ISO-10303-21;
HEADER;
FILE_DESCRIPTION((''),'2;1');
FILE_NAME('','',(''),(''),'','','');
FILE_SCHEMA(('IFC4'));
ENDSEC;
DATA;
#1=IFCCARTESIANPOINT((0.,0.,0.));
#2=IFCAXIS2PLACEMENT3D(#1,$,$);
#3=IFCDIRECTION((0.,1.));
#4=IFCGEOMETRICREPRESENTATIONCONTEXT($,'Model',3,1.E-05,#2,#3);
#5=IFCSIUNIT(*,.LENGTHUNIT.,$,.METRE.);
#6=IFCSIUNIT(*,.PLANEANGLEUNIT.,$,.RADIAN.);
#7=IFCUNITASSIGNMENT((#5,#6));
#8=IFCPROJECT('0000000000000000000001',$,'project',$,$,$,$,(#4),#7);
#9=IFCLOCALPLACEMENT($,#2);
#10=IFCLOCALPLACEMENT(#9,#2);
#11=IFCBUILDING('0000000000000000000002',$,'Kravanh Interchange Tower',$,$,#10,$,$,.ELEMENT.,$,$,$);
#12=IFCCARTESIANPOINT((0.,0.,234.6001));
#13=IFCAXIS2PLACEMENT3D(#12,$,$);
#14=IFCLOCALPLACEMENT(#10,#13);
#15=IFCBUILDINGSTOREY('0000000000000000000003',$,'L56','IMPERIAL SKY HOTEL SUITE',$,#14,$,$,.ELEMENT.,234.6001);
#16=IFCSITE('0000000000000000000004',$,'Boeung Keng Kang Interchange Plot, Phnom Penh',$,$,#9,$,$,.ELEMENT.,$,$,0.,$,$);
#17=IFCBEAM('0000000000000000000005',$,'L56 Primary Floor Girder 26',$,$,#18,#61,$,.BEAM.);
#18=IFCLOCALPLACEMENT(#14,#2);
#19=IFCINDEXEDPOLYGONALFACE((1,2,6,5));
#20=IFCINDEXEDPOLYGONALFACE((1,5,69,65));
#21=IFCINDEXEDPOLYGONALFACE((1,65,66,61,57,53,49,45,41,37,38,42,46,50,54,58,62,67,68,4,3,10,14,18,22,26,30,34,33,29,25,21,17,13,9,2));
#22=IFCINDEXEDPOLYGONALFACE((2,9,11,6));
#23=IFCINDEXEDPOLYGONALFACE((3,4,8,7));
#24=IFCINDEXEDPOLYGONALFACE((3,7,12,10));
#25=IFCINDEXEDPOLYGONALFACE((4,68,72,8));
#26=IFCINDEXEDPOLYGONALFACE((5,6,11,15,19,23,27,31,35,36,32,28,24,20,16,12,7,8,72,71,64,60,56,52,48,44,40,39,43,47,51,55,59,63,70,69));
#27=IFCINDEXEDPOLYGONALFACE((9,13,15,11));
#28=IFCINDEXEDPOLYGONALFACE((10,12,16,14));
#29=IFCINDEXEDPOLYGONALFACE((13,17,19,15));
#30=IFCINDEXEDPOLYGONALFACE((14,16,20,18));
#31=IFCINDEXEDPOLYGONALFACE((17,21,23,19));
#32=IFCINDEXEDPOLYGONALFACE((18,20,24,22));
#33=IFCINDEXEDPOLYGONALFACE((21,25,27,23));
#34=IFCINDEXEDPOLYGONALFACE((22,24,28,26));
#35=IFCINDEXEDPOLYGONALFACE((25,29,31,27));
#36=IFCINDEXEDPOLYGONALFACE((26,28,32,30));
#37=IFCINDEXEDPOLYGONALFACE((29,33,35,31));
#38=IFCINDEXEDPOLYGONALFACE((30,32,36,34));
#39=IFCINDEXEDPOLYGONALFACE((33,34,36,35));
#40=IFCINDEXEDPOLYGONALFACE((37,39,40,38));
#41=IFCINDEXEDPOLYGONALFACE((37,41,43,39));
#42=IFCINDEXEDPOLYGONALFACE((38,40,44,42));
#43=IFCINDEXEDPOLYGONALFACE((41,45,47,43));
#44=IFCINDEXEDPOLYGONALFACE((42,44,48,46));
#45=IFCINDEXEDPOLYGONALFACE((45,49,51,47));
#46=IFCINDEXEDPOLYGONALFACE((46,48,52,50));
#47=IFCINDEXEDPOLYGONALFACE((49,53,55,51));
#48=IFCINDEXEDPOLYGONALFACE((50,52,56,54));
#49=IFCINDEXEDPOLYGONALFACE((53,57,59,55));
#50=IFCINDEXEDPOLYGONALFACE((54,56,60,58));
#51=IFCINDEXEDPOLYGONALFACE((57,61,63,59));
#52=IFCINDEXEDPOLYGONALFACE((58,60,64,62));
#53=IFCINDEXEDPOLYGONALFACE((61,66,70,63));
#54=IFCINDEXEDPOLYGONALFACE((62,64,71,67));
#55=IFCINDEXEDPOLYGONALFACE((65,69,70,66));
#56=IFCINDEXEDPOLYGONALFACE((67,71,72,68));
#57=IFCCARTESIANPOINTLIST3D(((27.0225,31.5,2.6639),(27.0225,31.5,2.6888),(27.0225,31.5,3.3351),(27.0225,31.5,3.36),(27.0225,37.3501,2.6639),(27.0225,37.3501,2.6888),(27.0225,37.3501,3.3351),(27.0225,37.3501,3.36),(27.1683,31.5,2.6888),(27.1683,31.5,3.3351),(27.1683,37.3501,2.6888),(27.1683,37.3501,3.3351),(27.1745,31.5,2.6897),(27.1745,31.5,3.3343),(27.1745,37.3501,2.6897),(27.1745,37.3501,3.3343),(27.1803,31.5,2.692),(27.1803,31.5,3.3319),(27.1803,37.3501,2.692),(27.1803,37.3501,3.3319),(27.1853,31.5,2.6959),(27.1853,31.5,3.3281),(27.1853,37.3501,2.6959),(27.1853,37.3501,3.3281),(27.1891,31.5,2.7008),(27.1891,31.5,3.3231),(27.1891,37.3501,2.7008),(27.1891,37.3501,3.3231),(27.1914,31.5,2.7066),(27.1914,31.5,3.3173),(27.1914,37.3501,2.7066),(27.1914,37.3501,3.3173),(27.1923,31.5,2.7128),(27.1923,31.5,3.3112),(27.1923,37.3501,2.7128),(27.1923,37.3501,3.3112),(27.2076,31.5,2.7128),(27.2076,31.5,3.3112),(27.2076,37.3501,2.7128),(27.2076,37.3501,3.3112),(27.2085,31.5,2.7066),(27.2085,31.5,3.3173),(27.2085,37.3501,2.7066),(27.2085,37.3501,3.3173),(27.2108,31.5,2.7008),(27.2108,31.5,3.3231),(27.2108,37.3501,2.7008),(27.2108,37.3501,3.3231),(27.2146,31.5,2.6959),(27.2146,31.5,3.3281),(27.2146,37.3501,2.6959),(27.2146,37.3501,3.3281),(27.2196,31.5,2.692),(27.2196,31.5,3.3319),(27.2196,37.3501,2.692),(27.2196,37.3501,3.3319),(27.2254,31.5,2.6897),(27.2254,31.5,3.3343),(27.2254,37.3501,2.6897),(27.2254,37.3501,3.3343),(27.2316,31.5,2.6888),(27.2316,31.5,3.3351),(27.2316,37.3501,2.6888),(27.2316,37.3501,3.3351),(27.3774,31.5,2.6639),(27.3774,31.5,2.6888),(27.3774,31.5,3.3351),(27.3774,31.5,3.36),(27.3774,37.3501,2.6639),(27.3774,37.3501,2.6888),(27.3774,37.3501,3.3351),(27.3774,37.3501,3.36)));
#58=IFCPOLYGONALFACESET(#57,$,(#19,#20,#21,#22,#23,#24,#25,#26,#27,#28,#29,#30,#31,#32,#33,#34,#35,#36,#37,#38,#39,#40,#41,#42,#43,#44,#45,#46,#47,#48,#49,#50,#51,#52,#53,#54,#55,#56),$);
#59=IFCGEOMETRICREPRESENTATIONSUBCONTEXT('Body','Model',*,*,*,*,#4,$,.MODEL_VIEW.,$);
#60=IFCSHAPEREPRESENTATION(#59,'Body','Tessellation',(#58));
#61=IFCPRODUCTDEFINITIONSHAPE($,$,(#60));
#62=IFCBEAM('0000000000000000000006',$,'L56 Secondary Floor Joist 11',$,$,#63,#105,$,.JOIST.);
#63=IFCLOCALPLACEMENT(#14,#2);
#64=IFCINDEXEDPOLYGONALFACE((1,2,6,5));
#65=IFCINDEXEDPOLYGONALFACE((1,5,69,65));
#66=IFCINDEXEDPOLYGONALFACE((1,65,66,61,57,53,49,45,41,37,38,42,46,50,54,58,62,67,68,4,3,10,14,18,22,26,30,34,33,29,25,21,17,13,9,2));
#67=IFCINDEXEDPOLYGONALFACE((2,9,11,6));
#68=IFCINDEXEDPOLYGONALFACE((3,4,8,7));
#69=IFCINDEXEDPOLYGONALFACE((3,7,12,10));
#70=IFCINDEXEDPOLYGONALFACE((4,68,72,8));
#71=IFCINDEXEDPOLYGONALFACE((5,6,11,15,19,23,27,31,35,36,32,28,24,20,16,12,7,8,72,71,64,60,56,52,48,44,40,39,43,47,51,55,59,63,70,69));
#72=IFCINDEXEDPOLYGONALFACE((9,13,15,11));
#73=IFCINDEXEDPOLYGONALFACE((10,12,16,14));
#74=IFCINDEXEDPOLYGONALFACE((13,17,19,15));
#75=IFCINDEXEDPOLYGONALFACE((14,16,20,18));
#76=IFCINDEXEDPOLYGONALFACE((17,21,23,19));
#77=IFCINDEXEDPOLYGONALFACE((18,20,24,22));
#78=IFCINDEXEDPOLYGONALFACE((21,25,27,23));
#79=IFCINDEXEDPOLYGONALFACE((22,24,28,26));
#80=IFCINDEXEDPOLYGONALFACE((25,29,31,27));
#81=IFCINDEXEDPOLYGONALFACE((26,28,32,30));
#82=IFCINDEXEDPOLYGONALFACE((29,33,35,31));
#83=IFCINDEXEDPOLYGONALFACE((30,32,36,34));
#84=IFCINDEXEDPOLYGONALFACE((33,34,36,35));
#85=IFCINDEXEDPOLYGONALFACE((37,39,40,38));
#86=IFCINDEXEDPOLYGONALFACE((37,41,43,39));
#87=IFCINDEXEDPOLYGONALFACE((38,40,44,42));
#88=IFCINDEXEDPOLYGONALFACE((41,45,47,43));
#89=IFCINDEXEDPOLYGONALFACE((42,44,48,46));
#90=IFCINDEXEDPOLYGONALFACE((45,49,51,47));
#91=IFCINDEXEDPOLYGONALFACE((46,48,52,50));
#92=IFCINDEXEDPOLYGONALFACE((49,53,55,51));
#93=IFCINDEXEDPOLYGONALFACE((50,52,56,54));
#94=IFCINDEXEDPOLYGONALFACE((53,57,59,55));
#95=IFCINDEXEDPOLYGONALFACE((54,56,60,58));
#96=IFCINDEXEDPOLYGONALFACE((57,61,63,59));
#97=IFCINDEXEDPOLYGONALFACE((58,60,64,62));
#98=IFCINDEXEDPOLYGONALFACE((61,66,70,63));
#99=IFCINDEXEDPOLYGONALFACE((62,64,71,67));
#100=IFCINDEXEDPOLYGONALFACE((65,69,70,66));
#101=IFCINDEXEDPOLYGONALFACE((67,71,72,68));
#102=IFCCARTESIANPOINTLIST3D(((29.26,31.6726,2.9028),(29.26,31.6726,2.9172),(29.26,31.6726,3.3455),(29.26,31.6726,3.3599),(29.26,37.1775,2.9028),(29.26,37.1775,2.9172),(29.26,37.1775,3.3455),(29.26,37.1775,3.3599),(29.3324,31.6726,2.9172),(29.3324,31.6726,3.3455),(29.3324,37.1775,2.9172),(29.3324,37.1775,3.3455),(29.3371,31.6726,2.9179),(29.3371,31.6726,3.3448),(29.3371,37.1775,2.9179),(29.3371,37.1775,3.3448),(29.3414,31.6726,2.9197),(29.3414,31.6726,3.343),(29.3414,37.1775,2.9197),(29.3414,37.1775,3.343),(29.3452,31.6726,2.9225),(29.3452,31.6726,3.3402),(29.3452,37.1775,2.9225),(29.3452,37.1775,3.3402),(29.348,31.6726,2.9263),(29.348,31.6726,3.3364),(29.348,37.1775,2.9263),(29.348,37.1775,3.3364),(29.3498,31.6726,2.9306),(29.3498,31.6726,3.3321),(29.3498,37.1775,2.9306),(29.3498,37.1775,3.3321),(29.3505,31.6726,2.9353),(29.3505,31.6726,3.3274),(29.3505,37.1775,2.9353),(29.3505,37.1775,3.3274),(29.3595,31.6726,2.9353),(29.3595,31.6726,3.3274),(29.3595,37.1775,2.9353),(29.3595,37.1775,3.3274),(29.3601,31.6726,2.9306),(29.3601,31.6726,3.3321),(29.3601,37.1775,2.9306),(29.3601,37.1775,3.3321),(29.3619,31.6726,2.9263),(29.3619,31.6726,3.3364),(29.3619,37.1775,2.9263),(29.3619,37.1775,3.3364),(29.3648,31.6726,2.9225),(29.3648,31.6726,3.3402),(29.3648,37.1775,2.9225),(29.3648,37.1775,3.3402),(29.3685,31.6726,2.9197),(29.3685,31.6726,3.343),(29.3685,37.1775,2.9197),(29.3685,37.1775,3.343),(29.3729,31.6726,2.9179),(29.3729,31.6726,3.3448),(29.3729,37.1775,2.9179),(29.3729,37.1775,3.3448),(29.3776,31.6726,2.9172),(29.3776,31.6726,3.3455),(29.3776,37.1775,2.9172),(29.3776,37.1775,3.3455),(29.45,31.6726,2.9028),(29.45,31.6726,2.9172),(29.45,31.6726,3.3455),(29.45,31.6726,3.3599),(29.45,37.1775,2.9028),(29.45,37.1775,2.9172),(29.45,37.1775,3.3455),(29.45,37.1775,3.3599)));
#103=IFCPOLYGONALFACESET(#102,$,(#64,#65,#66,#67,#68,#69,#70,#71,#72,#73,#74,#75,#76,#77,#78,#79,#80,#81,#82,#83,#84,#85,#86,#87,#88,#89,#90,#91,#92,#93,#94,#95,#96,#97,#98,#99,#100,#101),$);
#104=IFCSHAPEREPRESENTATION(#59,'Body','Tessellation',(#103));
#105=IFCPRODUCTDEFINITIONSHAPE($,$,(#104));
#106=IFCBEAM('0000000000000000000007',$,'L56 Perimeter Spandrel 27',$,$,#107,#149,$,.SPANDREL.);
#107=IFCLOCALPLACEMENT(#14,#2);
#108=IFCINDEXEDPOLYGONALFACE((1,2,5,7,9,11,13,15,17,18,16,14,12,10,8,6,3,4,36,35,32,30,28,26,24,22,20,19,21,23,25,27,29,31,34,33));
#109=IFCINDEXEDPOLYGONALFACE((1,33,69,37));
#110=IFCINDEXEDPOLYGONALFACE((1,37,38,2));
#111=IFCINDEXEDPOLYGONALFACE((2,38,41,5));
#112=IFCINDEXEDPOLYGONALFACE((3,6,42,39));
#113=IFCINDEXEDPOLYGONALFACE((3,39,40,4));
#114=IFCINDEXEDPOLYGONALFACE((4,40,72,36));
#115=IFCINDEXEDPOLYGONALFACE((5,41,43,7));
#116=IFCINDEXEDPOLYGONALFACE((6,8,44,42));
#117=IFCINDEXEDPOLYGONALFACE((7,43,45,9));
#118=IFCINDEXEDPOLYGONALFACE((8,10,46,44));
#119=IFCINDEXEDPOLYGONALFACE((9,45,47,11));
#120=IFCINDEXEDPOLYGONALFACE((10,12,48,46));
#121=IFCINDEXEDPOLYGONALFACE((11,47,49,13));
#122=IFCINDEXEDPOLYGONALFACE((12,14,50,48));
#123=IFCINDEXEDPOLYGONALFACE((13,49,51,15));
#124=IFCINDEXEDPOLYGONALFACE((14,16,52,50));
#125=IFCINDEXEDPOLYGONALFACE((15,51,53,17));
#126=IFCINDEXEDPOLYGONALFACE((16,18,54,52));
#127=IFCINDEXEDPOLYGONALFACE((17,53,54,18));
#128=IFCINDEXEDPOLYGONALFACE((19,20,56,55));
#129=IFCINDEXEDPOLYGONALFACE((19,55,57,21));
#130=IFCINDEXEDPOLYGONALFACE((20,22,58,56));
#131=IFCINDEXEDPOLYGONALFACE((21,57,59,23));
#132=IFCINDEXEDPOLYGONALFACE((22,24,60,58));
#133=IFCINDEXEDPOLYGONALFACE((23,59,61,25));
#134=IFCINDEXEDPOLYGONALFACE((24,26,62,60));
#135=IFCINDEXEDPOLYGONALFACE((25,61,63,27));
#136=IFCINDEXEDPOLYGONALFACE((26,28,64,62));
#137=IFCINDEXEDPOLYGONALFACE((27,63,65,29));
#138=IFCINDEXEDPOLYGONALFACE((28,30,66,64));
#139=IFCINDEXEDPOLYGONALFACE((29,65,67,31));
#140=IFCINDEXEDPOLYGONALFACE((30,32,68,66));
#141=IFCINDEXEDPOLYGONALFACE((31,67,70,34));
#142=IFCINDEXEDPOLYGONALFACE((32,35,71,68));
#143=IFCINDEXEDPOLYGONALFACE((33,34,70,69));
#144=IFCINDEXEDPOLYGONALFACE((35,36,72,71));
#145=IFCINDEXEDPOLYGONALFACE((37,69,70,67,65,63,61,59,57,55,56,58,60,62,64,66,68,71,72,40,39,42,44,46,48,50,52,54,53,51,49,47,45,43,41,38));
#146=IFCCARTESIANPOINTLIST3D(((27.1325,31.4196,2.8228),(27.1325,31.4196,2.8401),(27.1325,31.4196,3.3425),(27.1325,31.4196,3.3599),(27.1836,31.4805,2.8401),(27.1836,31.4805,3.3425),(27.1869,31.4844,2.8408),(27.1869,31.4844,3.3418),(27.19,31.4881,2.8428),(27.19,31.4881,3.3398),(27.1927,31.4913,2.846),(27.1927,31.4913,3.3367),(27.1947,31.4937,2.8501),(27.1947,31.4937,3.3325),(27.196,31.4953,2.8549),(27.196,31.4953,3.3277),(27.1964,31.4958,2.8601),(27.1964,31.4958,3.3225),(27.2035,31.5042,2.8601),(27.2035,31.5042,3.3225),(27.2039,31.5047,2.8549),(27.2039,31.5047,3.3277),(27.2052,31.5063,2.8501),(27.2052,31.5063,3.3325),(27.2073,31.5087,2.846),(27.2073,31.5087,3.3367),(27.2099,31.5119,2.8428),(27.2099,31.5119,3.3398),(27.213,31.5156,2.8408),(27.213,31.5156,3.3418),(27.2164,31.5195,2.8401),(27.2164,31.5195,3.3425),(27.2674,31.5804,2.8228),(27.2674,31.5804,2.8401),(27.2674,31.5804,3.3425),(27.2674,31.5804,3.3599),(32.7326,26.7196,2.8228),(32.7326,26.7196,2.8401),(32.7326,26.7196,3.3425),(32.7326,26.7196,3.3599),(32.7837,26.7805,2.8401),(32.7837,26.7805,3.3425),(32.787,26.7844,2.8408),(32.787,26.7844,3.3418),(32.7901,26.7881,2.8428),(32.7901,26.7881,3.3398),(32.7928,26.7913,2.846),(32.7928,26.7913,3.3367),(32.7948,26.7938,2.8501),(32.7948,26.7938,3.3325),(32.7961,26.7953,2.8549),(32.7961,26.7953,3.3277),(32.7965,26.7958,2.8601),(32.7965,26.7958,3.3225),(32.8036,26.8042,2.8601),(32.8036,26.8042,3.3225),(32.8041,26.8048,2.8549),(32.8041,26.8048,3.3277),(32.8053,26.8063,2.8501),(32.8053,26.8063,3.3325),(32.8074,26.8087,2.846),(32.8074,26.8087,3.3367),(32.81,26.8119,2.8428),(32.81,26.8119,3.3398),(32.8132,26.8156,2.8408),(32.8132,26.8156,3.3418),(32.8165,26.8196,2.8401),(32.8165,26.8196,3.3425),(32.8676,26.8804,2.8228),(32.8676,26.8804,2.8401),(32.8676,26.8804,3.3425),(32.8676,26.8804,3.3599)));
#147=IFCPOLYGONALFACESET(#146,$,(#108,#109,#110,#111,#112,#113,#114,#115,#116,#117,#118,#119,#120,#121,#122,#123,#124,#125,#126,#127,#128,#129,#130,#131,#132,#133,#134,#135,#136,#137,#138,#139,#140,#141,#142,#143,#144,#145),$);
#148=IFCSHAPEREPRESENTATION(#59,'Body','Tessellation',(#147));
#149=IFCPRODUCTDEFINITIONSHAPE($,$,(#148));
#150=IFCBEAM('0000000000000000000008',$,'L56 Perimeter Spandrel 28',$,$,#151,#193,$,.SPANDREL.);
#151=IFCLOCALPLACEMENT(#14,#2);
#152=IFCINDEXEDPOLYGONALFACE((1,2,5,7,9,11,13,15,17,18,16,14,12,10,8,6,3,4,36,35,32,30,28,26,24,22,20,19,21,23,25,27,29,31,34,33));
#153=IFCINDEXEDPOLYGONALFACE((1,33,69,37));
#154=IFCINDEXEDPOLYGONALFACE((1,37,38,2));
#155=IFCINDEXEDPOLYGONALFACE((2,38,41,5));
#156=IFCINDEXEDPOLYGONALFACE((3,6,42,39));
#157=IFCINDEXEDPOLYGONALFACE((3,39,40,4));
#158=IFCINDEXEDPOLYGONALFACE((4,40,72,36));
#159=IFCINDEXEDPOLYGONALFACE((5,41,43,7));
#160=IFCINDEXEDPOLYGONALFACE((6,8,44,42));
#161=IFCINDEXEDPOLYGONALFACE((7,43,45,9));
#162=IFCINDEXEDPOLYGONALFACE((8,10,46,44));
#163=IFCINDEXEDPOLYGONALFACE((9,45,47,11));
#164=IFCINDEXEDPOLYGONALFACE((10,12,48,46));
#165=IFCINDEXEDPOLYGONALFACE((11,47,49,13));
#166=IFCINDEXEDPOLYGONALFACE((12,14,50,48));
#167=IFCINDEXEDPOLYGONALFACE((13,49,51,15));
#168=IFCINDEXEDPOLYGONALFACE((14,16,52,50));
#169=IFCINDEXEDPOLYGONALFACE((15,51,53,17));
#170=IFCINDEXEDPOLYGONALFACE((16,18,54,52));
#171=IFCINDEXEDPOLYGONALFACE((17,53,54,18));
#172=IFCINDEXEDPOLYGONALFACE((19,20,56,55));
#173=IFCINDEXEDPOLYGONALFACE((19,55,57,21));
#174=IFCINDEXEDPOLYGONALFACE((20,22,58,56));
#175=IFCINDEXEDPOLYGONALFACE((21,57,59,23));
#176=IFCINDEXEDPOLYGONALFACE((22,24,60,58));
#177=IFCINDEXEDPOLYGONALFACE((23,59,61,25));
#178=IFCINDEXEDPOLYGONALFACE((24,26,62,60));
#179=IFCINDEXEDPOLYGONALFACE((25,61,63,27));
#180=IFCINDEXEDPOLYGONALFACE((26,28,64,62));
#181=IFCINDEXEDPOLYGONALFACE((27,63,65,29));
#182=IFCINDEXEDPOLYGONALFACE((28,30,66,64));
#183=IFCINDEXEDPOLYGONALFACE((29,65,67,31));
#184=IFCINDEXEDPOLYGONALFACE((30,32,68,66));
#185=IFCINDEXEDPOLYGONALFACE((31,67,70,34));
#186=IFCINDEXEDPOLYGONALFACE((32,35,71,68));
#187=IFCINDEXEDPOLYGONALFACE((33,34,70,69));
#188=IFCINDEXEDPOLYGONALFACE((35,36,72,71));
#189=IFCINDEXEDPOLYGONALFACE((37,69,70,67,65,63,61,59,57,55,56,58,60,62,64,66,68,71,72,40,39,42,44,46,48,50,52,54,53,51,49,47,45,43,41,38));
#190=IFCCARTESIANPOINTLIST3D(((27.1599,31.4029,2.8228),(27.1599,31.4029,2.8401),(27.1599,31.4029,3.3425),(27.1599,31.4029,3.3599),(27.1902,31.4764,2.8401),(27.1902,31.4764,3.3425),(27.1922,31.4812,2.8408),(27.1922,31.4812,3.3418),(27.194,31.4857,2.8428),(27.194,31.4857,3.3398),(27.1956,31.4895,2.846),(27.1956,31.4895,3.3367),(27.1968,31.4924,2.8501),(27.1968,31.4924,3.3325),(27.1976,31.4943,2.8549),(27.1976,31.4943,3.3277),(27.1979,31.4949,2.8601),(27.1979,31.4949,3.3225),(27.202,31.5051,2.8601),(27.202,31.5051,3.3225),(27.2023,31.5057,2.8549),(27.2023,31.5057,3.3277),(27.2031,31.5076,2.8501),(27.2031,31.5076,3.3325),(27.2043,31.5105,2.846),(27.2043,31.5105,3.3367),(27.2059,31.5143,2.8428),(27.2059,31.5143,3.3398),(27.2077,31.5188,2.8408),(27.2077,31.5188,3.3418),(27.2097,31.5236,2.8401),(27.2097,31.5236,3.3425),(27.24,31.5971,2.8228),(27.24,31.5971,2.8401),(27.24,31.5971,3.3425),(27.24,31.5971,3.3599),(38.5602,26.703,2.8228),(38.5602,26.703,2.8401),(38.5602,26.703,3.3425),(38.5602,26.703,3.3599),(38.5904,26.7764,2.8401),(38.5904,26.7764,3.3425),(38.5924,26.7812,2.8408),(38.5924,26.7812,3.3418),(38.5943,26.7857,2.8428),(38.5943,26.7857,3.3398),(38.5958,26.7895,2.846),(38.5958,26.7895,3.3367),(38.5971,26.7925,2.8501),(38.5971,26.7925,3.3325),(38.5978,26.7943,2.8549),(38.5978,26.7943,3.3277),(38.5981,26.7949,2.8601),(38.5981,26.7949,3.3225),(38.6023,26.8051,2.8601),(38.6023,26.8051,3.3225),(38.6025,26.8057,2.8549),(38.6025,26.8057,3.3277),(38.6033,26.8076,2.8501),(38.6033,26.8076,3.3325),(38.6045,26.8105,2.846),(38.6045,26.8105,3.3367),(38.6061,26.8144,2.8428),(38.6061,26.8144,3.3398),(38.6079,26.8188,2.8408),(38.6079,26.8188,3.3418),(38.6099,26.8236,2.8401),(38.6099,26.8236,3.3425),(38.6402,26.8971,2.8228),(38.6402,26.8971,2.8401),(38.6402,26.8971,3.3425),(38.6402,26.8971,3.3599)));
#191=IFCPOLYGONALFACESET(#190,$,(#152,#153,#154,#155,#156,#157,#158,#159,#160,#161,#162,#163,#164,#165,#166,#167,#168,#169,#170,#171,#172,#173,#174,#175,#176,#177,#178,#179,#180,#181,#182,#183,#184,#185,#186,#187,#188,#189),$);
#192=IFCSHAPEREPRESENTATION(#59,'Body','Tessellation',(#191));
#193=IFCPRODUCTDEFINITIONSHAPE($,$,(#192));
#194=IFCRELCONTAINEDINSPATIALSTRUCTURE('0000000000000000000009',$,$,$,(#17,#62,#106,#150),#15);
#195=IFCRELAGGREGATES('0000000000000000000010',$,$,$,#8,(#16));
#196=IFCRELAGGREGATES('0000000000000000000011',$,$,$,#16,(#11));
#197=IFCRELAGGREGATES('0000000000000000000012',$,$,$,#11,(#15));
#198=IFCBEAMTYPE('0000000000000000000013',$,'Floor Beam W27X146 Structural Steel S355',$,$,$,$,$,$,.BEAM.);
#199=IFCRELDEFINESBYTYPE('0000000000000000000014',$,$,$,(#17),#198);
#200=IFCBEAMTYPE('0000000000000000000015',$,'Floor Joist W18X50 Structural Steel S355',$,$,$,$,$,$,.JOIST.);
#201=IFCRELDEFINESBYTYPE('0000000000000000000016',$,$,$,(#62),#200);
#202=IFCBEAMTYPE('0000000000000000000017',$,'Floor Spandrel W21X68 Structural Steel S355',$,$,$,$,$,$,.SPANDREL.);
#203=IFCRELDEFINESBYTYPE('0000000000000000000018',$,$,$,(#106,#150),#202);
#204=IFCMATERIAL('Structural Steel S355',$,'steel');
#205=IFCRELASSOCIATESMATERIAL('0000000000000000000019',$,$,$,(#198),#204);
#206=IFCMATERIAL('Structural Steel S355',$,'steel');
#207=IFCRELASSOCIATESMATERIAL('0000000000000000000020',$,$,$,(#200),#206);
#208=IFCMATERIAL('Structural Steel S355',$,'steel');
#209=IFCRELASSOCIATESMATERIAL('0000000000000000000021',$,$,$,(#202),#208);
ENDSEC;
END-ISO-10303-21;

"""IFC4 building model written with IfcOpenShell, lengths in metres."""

from ifc_helpers import new_model, si_unit, direction, frame, origin, origin_2d, place, context, subcontext, project, spatial, i_section, extrude, material, material_profile, profile_set, type_object, element, save


model = new_model("IFC4")

# Units and contexts
model_context = context("Model", 3, precision=1e-05, world=origin(), true_north=direction((0.0, 1.0)))
body_context = subcontext(model_context, "Body", "Model", "MODEL_VIEW")
ifc_project = project(units=[si_unit("LENGTHUNIT", "METRE"), si_unit("PLANEANGLEUNIT", "RADIAN")], contexts=[model_context])

# Site, building, storey
site_placement = place(None, origin())
site = spatial("IfcSite", under=ifc_project, at=site_placement, Name="Boeung Keng Kang Interchange Plot, Phnom Penh", CompositionType="ELEMENT", RefElevation=0.0)
building_placement = place(site_placement, origin())
building = spatial("IfcBuilding", under=site, at=building_placement, Name="Kravanh Interchange Tower", CompositionType="ELEMENT")
storey_placement = place(building_placement, frame((0.0, 0.0, 234.6001)))
storey = spatial("IfcBuildingStorey", under=building, at=storey_placement, Name="L56", Description="IMPERIAL SKY HOTEL SUITE", CompositionType="ELEMENT", Elevation=234.6001)

# Beams
ifc_material_1 = material(Name="Structural Steel S355", Category="steel")
ifc_material_profile_1 = material_profile(ifc_material_1, i_section(OverallWidth=0.355, OverallDepth=0.696, WebThickness=0.0154, FlangeThickness=0.0249, FilletRadius=0.0239, at=origin_2d()), Name="W27X146")
ifc_profile_set_1 = profile_set([ifc_material_profile_1], Name="Structural Steel S355")
beam_type_1 = type_object("IfcBeamType", Name="Floor Beam W27X146 Structural Steel S355", PredefinedType="BEAM", material=ifc_profile_set_1)
beam_1_placement = place(storey_placement, frame((27.2, 31.5, 3.012), z_axis=(0.0, 1.0, 0.0), x_axis=(-1.0, 0.0, 0.0)))
element("IfcBeam", 1, at=beam_1_placement, inside=storey, type_object=beam_type_1, Name="L56 Primary Floor Girder 26", PredefinedType="BEAM", context=body_context, shape_type="SweptSolid", body=[
    extrude(i_section(OverallWidth=0.355, OverallDepth=0.696, WebThickness=0.0154, FlangeThickness=0.0249, FilletRadius=0.0239, at=origin_2d()), origin(), (0.0, 0.0, 1.0), 5.8501),
])
ifc_material_2 = material(Name="Structural Steel S355", Category="steel")
ifc_material_profile_2 = material_profile(ifc_material_2, i_section(OverallWidth=0.1899, OverallDepth=0.457, WebThickness=0.009, FlangeThickness=0.0144, FilletRadius=0.0181, at=origin_2d()), Name="W18X50")
ifc_profile_set_2 = profile_set([ifc_material_profile_2], Name="Structural Steel S355")
beam_type_2 = type_object("IfcBeamType", Name="Floor Joist W18X50 Structural Steel S355", PredefinedType="JOIST", material=ifc_profile_set_2)
beam_2_placement = place(storey_placement, frame((29.355, 31.6726, 3.1313), z_axis=(0.0, 1.0, 0.0), x_axis=(-1.0, 0.0, 0.0)))
element("IfcBeam", 2, at=beam_2_placement, inside=storey, type_object=beam_type_2, Name="L56 Secondary Floor Joist 11", PredefinedType="JOIST", context=body_context, shape_type="SweptSolid", body=[
    extrude(i_section(OverallWidth=0.1899, OverallDepth=0.457, WebThickness=0.009, FlangeThickness=0.0144, FilletRadius=0.0181, at=origin_2d()), origin(), (0.0, 0.0, 1.0), 5.5049),
])
ifc_material_3 = material(Name="Structural Steel S355", Category="steel")
ifc_material_profile_3 = material_profile(ifc_material_3, i_section(OverallWidth=0.21, OverallDepth=0.5371, WebThickness=0.011, FlangeThickness=0.0173, FilletRadius=0.02, at=origin_2d()), Name="W21X68")
ifc_profile_set_3 = profile_set([ifc_material_profile_3], Name="Structural Steel S355")
beam_type_3 = type_object("IfcBeamType", Name="Floor Spandrel W21X68 Structural Steel S355", PredefinedType="SPANDREL", material=ifc_profile_set_3)
beam_3_placement = place(storey_placement, frame((27.2, 31.5, 3.0913), z_axis=(0.765983, -0.642861, 0.0), x_axis=(0.642861, 0.765983, 0.0)))
element("IfcBeam", 3, at=beam_3_placement, inside=storey, type_object=beam_type_3, Name="L56 Perimeter Spandrel 27", PredefinedType="SPANDREL", context=body_context, shape_type="SweptSolid", body=[
    extrude(i_section(OverallWidth=0.21, OverallDepth=0.5371, WebThickness=0.011, FlangeThickness=0.0173, FilletRadius=0.02, at=origin_2d()), origin(), (0.0, 0.0, 1.0), 7.311),
])
beam_4_placement = place(storey_placement, frame((27.2, 31.5, 3.0913), z_axis=(0.924513, -0.38115, 0.0), x_axis=(0.38115, 0.924513, 0.0)))
element("IfcBeam", 4, at=beam_4_placement, inside=storey, type_object=beam_type_3, Name="L56 Perimeter Spandrel 28", PredefinedType="SPANDREL", context=body_context, shape_type="SweptSolid", body=[
    extrude(i_section(OverallWidth=0.21, OverallDepth=0.5371, WebThickness=0.011, FlangeThickness=0.0173, FilletRadius=0.02, at=origin_2d()), origin(), (0.0, 0.0, 1.0), 12.3311),
])

save(model, "model.ifc")
